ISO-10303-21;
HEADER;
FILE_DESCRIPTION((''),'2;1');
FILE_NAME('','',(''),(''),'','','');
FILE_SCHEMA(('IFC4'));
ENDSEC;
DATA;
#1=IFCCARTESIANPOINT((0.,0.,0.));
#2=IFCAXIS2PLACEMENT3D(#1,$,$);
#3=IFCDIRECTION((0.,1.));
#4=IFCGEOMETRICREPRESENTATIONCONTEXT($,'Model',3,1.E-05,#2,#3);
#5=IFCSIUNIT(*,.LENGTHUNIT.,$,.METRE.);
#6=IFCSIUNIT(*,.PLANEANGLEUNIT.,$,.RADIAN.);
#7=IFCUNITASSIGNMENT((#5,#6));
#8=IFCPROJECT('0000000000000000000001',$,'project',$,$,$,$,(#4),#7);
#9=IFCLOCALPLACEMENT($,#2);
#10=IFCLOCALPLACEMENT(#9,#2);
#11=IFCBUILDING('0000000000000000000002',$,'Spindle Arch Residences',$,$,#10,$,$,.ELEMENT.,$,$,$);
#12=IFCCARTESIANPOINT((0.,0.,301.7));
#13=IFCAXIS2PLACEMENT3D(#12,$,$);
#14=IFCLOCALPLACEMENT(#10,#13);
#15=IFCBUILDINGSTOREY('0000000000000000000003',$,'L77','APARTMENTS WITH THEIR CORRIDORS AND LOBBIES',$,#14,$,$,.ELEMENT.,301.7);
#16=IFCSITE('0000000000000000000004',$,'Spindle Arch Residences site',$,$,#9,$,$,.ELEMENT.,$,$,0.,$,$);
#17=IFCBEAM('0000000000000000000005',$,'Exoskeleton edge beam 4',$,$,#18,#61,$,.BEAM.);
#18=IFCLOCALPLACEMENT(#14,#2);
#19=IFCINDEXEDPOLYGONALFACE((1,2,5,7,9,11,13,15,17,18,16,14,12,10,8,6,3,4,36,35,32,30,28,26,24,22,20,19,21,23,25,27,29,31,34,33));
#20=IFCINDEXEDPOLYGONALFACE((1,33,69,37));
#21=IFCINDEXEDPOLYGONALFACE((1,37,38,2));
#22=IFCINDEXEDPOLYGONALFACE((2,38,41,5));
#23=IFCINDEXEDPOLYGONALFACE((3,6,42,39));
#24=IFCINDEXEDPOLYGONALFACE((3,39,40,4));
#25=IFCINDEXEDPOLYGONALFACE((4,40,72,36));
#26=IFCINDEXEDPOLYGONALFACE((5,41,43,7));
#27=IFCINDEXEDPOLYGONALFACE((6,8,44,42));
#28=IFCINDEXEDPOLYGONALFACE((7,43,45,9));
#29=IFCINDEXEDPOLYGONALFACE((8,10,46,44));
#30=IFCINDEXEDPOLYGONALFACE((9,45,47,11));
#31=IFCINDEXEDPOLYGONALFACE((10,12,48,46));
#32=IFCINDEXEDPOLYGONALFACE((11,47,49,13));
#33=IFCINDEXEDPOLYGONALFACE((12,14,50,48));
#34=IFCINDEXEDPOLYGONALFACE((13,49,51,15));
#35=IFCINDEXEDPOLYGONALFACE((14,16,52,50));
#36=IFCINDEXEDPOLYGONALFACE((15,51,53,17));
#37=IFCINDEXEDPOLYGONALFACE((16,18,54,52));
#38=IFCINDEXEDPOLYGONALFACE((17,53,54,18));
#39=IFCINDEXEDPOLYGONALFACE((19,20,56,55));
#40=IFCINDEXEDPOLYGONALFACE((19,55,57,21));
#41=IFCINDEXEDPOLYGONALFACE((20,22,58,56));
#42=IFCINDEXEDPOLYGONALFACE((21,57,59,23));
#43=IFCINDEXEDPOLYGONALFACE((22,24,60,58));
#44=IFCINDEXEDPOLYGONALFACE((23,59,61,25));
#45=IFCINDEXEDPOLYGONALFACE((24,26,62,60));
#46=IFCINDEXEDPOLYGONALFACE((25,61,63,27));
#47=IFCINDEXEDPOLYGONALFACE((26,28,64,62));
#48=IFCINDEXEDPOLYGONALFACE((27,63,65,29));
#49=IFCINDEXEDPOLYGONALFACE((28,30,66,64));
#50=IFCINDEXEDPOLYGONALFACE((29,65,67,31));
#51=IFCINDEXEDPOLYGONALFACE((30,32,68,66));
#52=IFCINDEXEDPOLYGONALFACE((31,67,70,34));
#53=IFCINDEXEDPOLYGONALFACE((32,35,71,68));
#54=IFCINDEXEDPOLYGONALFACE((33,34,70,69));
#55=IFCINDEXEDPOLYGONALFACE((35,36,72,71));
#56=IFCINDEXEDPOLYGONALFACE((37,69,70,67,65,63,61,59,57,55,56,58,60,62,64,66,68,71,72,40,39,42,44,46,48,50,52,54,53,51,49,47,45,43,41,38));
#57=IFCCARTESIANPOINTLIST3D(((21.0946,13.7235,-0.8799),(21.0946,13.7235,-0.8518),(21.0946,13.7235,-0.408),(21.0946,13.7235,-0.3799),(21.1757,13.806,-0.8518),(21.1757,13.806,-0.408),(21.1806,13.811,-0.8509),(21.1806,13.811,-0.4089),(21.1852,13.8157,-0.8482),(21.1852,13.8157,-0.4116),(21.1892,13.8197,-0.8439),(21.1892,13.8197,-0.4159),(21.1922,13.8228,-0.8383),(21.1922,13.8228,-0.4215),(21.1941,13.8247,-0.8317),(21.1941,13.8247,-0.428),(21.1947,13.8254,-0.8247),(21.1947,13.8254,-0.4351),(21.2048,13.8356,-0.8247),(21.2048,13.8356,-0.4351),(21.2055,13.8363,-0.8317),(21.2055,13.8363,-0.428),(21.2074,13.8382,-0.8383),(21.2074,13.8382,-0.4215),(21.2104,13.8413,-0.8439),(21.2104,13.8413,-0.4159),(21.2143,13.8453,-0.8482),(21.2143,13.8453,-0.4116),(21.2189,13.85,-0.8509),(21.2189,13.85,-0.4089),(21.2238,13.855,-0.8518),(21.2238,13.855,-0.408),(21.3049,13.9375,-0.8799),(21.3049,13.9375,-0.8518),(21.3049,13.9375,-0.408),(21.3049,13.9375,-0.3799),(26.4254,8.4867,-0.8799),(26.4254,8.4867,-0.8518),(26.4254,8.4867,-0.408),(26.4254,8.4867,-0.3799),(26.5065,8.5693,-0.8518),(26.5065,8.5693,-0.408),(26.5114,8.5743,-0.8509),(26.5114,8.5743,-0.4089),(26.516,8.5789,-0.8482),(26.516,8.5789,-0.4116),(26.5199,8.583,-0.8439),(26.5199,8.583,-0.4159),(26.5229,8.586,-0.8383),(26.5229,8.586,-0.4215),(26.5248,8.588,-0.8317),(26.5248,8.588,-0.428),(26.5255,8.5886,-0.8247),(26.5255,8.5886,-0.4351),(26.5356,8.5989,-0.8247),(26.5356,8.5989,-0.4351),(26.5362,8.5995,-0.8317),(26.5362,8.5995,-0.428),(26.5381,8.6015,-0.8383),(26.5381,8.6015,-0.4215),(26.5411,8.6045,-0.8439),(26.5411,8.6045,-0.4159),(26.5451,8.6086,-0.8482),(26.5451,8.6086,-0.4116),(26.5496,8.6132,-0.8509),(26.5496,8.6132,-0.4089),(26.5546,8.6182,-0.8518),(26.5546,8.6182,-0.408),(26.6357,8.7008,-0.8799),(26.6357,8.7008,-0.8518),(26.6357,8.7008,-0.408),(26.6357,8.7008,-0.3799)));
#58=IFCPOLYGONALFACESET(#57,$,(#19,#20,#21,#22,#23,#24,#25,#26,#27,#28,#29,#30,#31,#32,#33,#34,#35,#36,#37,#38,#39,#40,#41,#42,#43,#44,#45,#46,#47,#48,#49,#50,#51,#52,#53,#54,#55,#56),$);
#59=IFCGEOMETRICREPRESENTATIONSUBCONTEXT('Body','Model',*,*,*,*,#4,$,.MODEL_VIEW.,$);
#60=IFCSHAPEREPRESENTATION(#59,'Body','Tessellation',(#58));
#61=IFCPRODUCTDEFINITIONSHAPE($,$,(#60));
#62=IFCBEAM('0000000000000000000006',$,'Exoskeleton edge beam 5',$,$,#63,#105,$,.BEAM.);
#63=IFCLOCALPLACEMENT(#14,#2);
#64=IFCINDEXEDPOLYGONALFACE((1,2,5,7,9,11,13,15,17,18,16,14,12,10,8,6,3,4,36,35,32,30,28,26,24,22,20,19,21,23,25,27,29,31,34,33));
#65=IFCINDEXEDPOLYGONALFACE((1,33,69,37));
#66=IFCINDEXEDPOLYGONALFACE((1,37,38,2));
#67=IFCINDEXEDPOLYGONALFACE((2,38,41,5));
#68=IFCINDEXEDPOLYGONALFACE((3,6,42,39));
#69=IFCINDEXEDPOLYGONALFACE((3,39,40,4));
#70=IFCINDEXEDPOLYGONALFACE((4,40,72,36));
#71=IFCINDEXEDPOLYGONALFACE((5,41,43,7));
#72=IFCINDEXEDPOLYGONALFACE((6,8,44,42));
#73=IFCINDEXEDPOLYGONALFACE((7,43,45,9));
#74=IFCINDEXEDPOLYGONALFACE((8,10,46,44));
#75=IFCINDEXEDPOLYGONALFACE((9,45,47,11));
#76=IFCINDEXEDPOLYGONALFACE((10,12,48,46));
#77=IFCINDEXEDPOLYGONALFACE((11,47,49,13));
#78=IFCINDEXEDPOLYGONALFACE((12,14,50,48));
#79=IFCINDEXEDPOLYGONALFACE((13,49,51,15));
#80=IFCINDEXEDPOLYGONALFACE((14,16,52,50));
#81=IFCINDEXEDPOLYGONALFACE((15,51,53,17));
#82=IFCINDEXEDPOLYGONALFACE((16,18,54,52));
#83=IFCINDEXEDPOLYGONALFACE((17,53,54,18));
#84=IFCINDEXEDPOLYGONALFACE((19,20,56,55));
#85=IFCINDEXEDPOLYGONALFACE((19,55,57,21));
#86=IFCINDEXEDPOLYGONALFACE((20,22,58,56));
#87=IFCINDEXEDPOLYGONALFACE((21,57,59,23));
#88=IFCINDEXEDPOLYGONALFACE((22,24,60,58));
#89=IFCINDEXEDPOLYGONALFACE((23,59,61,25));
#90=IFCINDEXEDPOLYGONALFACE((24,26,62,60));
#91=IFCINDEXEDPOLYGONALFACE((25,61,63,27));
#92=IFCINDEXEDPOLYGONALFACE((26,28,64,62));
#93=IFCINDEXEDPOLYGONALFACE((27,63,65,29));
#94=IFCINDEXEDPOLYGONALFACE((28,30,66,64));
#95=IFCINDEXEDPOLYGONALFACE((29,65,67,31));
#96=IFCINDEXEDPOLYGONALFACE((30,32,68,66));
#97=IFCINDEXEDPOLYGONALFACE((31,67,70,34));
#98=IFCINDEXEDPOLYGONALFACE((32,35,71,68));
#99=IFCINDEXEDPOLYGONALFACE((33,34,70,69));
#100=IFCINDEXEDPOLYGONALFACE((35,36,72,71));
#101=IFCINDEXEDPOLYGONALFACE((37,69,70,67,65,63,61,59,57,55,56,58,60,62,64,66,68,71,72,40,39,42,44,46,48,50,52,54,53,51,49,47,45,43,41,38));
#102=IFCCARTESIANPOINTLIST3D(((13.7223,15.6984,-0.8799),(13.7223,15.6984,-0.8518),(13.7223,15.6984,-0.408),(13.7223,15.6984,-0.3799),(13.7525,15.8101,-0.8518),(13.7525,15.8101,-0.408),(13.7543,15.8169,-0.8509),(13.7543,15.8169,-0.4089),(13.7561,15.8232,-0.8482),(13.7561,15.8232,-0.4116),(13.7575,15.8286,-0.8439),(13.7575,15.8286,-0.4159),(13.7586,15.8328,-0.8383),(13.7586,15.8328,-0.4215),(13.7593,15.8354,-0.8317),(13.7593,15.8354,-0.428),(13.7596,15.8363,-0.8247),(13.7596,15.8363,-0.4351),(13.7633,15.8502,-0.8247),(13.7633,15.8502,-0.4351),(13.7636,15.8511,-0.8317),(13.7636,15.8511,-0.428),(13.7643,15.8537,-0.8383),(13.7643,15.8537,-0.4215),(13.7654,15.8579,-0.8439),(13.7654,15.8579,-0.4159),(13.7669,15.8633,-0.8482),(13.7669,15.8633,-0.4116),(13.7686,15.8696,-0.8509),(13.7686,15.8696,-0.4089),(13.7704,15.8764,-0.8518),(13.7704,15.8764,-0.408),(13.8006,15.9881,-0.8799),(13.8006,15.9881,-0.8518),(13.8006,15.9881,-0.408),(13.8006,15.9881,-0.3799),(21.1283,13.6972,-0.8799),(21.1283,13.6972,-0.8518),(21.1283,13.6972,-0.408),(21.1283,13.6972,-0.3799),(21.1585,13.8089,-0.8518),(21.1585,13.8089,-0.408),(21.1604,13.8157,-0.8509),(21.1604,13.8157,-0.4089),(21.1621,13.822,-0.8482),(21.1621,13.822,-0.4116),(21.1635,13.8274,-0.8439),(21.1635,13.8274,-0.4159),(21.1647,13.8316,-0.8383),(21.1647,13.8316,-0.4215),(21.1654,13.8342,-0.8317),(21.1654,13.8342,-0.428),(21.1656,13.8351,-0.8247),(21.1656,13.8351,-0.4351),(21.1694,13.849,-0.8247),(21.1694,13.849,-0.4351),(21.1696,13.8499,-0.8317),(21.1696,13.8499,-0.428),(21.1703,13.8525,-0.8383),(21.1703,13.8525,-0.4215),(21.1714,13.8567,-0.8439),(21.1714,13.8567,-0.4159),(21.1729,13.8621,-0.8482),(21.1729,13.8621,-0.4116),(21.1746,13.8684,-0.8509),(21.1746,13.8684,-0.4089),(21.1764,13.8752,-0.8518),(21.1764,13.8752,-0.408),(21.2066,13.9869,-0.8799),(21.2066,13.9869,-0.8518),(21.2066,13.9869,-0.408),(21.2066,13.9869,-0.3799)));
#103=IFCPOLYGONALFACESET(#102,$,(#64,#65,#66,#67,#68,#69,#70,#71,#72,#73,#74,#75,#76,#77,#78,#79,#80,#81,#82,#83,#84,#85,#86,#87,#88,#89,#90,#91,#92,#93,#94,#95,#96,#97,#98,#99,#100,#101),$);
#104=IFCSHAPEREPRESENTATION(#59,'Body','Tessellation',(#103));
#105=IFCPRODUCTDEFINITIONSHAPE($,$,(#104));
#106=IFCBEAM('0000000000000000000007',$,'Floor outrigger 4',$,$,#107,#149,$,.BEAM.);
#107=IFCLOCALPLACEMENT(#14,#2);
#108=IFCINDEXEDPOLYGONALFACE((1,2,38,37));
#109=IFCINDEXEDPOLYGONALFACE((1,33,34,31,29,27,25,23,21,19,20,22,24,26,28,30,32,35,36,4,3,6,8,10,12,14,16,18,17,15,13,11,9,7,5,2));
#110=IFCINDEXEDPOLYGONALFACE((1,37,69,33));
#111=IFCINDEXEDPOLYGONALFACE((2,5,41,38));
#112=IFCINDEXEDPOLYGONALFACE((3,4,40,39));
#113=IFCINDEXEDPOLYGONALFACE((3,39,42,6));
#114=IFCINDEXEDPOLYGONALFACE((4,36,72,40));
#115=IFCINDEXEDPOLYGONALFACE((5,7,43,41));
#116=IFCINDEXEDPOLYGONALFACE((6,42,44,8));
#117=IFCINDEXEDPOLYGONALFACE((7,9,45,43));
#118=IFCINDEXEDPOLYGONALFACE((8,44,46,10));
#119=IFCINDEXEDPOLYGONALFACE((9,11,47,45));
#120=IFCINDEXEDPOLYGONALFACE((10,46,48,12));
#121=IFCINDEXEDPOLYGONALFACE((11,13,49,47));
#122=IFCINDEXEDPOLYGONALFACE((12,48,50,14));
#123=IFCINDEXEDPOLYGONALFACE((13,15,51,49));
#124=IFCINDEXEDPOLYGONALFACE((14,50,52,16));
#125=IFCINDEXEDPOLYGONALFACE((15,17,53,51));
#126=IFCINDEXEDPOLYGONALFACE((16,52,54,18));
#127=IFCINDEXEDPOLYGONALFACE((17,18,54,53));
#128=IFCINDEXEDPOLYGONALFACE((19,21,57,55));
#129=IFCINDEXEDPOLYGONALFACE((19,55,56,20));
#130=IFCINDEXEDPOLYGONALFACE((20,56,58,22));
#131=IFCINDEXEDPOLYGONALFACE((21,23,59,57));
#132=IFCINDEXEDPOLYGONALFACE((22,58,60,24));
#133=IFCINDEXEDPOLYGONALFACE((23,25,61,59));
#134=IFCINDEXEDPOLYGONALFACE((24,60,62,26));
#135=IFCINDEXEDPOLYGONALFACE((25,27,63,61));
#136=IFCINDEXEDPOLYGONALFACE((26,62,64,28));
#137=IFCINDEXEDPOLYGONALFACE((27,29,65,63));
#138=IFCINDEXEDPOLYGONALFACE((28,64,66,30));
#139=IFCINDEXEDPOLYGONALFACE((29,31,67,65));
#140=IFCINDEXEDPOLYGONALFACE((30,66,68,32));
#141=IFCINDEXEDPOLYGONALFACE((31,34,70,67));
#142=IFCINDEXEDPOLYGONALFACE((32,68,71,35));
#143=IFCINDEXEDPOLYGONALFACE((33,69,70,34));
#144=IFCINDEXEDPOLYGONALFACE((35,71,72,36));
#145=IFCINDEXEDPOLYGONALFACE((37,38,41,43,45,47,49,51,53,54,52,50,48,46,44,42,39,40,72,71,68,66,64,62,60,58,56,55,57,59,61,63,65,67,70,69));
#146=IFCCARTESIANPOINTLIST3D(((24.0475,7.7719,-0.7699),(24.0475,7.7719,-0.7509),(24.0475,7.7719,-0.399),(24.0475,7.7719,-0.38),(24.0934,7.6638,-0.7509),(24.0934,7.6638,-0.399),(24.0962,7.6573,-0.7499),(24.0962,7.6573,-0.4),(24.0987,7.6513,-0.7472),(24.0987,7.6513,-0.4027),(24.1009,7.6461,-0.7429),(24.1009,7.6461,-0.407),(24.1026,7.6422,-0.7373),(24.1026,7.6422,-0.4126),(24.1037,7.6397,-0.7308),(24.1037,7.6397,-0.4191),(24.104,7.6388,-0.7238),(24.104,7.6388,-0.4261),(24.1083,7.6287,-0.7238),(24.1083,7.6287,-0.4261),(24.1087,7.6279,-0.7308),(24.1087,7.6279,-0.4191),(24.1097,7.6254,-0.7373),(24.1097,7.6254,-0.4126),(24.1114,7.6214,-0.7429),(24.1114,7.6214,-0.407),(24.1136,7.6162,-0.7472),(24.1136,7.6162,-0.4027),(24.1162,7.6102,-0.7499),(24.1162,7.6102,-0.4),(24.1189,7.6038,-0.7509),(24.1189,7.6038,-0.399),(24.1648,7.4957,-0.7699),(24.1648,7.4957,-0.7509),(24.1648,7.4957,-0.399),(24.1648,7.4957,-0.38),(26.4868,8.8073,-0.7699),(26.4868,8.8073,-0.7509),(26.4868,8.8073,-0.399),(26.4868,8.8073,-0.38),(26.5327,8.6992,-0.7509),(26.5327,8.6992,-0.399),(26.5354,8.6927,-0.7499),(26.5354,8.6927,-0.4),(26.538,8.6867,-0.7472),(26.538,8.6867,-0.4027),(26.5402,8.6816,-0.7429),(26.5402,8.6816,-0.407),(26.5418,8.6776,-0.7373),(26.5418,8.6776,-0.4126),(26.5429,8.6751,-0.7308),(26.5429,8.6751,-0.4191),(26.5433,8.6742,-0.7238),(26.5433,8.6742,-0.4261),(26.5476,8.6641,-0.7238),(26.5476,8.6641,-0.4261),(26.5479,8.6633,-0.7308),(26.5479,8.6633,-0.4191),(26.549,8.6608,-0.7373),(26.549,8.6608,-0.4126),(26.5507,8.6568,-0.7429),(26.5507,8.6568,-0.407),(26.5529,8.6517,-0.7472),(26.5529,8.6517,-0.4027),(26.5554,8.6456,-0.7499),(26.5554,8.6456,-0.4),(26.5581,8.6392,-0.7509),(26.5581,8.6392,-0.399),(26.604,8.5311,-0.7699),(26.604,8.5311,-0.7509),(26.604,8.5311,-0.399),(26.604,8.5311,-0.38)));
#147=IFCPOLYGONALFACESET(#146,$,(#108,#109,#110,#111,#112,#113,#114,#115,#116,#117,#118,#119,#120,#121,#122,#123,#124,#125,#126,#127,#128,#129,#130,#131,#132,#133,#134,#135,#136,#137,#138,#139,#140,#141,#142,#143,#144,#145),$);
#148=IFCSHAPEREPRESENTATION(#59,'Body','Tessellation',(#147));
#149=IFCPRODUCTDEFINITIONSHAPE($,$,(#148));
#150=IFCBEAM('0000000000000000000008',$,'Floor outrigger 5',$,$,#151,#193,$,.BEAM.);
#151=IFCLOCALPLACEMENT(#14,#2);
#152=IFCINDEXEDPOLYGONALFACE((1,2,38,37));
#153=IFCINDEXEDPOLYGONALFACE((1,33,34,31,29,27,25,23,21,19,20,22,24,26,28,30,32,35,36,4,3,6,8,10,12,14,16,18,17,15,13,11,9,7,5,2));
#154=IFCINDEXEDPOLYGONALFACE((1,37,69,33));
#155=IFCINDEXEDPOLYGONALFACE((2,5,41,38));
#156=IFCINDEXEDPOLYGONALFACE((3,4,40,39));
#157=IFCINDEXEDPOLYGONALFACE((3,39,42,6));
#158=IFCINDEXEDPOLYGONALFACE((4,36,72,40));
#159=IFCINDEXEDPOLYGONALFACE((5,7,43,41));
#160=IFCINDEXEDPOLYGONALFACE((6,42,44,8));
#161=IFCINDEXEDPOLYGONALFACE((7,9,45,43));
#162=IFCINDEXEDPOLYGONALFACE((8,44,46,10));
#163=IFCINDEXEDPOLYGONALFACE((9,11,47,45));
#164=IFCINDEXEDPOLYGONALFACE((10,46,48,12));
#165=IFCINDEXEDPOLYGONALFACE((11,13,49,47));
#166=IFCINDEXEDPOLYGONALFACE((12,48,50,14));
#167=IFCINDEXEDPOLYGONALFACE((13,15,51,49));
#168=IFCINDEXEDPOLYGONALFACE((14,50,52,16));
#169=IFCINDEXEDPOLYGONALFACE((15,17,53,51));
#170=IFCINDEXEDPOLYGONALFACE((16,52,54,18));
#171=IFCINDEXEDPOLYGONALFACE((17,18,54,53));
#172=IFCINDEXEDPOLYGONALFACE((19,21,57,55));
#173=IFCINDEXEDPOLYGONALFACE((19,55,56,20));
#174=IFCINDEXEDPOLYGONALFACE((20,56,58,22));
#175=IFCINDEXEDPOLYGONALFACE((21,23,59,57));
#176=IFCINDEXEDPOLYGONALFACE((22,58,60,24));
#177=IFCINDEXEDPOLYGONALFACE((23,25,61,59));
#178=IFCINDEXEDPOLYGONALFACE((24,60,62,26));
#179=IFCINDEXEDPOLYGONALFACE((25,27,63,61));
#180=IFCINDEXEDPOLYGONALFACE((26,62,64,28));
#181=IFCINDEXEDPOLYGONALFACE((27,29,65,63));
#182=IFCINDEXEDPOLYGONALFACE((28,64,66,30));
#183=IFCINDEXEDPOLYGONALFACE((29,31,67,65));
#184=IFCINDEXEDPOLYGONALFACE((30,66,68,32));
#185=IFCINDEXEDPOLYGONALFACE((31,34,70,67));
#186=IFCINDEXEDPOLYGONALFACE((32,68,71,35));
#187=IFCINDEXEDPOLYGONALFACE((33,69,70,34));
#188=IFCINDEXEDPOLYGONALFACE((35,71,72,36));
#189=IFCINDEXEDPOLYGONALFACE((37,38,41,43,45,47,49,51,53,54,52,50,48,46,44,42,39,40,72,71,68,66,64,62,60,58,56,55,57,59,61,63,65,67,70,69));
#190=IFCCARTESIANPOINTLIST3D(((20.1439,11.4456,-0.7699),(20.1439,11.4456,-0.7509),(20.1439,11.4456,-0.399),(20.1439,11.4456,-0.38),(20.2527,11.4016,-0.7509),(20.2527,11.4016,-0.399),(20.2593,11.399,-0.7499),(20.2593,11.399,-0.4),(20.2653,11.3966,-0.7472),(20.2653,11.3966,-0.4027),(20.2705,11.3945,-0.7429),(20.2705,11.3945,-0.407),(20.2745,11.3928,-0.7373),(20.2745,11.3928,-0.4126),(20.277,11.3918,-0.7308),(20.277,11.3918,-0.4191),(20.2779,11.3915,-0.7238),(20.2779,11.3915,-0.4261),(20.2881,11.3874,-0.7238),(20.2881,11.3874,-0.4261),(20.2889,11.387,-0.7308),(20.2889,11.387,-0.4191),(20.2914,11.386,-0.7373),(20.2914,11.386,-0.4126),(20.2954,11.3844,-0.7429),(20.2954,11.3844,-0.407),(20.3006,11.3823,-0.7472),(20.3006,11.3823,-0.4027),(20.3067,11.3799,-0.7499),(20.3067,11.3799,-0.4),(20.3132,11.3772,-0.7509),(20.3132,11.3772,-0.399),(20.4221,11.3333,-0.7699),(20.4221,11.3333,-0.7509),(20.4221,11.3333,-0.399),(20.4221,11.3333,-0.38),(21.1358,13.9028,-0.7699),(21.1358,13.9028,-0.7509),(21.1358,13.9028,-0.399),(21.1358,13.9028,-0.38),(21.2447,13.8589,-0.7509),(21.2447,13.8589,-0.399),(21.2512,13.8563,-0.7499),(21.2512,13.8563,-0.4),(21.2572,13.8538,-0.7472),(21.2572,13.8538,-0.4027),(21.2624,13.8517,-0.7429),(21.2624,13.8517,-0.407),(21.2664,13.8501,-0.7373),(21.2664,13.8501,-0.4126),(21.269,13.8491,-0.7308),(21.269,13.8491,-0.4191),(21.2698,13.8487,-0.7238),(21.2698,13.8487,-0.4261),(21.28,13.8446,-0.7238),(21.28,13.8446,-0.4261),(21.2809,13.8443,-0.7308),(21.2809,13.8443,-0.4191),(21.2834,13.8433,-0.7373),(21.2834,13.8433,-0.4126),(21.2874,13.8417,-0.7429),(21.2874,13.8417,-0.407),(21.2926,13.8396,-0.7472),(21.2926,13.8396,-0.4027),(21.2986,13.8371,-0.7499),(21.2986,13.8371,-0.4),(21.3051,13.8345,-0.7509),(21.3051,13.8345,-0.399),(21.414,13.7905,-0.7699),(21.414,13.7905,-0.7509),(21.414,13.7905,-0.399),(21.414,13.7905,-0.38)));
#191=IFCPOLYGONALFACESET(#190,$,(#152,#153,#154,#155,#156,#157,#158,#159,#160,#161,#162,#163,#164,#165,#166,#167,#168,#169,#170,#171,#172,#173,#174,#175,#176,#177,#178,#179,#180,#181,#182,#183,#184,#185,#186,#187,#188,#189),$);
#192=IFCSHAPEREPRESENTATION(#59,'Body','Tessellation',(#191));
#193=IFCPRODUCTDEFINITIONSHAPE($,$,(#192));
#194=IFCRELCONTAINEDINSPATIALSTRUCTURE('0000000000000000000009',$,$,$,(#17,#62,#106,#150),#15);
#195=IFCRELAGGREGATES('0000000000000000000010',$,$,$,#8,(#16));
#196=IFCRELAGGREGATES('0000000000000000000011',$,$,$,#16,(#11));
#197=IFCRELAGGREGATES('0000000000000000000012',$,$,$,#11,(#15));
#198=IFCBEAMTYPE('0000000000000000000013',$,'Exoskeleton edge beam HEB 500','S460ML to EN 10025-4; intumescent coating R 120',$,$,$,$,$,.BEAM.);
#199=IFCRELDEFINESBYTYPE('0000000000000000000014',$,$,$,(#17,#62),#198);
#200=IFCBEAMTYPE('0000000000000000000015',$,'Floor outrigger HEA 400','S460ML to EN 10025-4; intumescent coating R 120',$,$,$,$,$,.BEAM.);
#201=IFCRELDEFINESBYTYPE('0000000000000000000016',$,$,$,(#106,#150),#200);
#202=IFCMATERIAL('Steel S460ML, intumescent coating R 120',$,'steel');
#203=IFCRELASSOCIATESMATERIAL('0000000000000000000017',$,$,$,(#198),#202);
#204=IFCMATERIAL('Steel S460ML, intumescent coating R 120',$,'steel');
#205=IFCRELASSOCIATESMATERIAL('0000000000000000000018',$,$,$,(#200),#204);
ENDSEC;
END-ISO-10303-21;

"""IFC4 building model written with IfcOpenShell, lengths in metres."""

from ifc_helpers import new_model, si_unit, direction, frame, origin, origin_2d, place, context, subcontext, project, spatial, i_section, extrude, material, material_profile, profile_set, type_object, element, save


model = new_model("IFC4")

# Units and contexts
model_context = context("Model", 3, precision=1e-05, world=origin(), true_north=direction((0.0, 1.0)))
body_context = subcontext(model_context, "Body", "Model", "MODEL_VIEW")
ifc_project = project(units=[si_unit("LENGTHUNIT", "METRE"), si_unit("PLANEANGLEUNIT", "RADIAN")], contexts=[model_context])

# Site, building, storey
site_placement = place(None, origin())
site = spatial("IfcSite", under=ifc_project, at=site_placement, Name="Spindle Arch Residences site", CompositionType="ELEMENT", RefElevation=0.0)
building_placement = place(site_placement, origin())
building = spatial("IfcBuilding", under=site, at=building_placement, Name="Spindle Arch Residences", CompositionType="ELEMENT")
storey_placement = place(building_placement, frame((0.0, 0.0, 301.7)))
storey = spatial("IfcBuildingStorey", under=building, at=storey_placement, Name="L77", Description="APARTMENTS WITH THEIR CORRIDORS AND LOBBIES", CompositionType="ELEMENT", Elevation=301.7)

# Beams
ifc_material_1 = material(Name="Steel S460ML, intumescent coating R 120", Category="steel")
ifc_material_profile_1 = material_profile(ifc_material_1, i_section(OverallWidth=0.3, OverallDepth=0.5, WebThickness=0.0144, FlangeThickness=0.0281, FilletRadius=0.0271, at=origin_2d()), Name="HEB 500")
ifc_profile_set_1 = profile_set([ifc_material_profile_1], Name="Steel S460ML, intumescent coating R 120")
beam_type_1 = type_object("IfcBeamType", Name="Exoskeleton edge beam HEB 500", Description="S460ML to EN 10025-4; intumescent coating R 120", PredefinedType="BEAM", material=ifc_profile_set_1)
beam_1_placement = place(storey_placement, frame((26.5305, 8.5938, -0.6299), z_axis=(-0.713368, 0.70079, 0.0), x_axis=(-0.70079, -0.713368, 0.0)))
element("IfcBeam", 1, at=beam_1_placement, inside=storey, type_object=beam_type_1, Name="Exoskeleton edge beam 4", PredefinedType="BEAM", context=body_context, shape_type="SweptSolid", body=[
    extrude(i_section(OverallWidth=0.3, OverallDepth=0.5, WebThickness=0.0144, FlangeThickness=0.0281, FilletRadius=0.0271, at=origin_2d()), origin(), (0.0, 0.0, 1.0), 7.4727),
])
beam_2_placement = place(storey_placement, frame((21.1675, 13.842, -0.6299), z_axis=(-0.965377, 0.26086, 0.0), x_axis=(-0.26086, -0.965377, 0.0)))
element("IfcBeam", 2, at=beam_2_placement, inside=storey, type_object=beam_type_1, Name="Exoskeleton edge beam 5", PredefinedType="BEAM", context=body_context, shape_type="SweptSolid", body=[
    extrude(i_section(OverallWidth=0.3, OverallDepth=0.5, WebThickness=0.0144, FlangeThickness=0.0281, FilletRadius=0.0271, at=origin_2d()), origin(), (0.0, 0.0, 1.0), 7.6716),
])
ifc_material_2 = material(Name="Steel S460ML, intumescent coating R 120", Category="steel")
ifc_material_profile_2 = material_profile(ifc_material_2, i_section(OverallWidth=0.3, OverallDepth=0.3899, WebThickness=0.011, FlangeThickness=0.019, FilletRadius=0.0271, at=origin_2d()), Name="HEA 400")
ifc_profile_set_2 = profile_set([ifc_material_profile_2], Name="Steel S460ML, intumescent coating R 120")
beam_type_2 = type_object("IfcBeamType", Name="Floor outrigger HEA 400", Description="S460ML to EN 10025-4; intumescent coating R 120", PredefinedType="BEAM", material=ifc_profile_set_2)
for number, where, z_axis, x_axis, name in (
    (3, (26.5454, 8.6692, -0.575), (-0.920502, -0.390737, 0.0), (0.390737, -0.920502, 0.0), "Floor outrigger 4"),
    (4, (21.2749, 13.8467, -0.575), (-0.374327, -0.927297, 0.0), (0.927297, -0.374327, 0.0), "Floor outrigger 5"),
):
    element("IfcBeam", number, at=place(storey_placement, frame(where, z_axis=z_axis, x_axis=x_axis)), inside=storey, type_object=beam_type_2, Name=name, PredefinedType="BEAM", context=body_context, shape_type="SweptSolid", body=[
        extrude(i_section(OverallWidth=0.3, OverallDepth=0.3899, WebThickness=0.011, FlangeThickness=0.019, FilletRadius=0.0271, at=origin_2d()), origin(), (0.0, 0.0, 1.0), 2.6499),
    ])

save(model, "model.ifc")
